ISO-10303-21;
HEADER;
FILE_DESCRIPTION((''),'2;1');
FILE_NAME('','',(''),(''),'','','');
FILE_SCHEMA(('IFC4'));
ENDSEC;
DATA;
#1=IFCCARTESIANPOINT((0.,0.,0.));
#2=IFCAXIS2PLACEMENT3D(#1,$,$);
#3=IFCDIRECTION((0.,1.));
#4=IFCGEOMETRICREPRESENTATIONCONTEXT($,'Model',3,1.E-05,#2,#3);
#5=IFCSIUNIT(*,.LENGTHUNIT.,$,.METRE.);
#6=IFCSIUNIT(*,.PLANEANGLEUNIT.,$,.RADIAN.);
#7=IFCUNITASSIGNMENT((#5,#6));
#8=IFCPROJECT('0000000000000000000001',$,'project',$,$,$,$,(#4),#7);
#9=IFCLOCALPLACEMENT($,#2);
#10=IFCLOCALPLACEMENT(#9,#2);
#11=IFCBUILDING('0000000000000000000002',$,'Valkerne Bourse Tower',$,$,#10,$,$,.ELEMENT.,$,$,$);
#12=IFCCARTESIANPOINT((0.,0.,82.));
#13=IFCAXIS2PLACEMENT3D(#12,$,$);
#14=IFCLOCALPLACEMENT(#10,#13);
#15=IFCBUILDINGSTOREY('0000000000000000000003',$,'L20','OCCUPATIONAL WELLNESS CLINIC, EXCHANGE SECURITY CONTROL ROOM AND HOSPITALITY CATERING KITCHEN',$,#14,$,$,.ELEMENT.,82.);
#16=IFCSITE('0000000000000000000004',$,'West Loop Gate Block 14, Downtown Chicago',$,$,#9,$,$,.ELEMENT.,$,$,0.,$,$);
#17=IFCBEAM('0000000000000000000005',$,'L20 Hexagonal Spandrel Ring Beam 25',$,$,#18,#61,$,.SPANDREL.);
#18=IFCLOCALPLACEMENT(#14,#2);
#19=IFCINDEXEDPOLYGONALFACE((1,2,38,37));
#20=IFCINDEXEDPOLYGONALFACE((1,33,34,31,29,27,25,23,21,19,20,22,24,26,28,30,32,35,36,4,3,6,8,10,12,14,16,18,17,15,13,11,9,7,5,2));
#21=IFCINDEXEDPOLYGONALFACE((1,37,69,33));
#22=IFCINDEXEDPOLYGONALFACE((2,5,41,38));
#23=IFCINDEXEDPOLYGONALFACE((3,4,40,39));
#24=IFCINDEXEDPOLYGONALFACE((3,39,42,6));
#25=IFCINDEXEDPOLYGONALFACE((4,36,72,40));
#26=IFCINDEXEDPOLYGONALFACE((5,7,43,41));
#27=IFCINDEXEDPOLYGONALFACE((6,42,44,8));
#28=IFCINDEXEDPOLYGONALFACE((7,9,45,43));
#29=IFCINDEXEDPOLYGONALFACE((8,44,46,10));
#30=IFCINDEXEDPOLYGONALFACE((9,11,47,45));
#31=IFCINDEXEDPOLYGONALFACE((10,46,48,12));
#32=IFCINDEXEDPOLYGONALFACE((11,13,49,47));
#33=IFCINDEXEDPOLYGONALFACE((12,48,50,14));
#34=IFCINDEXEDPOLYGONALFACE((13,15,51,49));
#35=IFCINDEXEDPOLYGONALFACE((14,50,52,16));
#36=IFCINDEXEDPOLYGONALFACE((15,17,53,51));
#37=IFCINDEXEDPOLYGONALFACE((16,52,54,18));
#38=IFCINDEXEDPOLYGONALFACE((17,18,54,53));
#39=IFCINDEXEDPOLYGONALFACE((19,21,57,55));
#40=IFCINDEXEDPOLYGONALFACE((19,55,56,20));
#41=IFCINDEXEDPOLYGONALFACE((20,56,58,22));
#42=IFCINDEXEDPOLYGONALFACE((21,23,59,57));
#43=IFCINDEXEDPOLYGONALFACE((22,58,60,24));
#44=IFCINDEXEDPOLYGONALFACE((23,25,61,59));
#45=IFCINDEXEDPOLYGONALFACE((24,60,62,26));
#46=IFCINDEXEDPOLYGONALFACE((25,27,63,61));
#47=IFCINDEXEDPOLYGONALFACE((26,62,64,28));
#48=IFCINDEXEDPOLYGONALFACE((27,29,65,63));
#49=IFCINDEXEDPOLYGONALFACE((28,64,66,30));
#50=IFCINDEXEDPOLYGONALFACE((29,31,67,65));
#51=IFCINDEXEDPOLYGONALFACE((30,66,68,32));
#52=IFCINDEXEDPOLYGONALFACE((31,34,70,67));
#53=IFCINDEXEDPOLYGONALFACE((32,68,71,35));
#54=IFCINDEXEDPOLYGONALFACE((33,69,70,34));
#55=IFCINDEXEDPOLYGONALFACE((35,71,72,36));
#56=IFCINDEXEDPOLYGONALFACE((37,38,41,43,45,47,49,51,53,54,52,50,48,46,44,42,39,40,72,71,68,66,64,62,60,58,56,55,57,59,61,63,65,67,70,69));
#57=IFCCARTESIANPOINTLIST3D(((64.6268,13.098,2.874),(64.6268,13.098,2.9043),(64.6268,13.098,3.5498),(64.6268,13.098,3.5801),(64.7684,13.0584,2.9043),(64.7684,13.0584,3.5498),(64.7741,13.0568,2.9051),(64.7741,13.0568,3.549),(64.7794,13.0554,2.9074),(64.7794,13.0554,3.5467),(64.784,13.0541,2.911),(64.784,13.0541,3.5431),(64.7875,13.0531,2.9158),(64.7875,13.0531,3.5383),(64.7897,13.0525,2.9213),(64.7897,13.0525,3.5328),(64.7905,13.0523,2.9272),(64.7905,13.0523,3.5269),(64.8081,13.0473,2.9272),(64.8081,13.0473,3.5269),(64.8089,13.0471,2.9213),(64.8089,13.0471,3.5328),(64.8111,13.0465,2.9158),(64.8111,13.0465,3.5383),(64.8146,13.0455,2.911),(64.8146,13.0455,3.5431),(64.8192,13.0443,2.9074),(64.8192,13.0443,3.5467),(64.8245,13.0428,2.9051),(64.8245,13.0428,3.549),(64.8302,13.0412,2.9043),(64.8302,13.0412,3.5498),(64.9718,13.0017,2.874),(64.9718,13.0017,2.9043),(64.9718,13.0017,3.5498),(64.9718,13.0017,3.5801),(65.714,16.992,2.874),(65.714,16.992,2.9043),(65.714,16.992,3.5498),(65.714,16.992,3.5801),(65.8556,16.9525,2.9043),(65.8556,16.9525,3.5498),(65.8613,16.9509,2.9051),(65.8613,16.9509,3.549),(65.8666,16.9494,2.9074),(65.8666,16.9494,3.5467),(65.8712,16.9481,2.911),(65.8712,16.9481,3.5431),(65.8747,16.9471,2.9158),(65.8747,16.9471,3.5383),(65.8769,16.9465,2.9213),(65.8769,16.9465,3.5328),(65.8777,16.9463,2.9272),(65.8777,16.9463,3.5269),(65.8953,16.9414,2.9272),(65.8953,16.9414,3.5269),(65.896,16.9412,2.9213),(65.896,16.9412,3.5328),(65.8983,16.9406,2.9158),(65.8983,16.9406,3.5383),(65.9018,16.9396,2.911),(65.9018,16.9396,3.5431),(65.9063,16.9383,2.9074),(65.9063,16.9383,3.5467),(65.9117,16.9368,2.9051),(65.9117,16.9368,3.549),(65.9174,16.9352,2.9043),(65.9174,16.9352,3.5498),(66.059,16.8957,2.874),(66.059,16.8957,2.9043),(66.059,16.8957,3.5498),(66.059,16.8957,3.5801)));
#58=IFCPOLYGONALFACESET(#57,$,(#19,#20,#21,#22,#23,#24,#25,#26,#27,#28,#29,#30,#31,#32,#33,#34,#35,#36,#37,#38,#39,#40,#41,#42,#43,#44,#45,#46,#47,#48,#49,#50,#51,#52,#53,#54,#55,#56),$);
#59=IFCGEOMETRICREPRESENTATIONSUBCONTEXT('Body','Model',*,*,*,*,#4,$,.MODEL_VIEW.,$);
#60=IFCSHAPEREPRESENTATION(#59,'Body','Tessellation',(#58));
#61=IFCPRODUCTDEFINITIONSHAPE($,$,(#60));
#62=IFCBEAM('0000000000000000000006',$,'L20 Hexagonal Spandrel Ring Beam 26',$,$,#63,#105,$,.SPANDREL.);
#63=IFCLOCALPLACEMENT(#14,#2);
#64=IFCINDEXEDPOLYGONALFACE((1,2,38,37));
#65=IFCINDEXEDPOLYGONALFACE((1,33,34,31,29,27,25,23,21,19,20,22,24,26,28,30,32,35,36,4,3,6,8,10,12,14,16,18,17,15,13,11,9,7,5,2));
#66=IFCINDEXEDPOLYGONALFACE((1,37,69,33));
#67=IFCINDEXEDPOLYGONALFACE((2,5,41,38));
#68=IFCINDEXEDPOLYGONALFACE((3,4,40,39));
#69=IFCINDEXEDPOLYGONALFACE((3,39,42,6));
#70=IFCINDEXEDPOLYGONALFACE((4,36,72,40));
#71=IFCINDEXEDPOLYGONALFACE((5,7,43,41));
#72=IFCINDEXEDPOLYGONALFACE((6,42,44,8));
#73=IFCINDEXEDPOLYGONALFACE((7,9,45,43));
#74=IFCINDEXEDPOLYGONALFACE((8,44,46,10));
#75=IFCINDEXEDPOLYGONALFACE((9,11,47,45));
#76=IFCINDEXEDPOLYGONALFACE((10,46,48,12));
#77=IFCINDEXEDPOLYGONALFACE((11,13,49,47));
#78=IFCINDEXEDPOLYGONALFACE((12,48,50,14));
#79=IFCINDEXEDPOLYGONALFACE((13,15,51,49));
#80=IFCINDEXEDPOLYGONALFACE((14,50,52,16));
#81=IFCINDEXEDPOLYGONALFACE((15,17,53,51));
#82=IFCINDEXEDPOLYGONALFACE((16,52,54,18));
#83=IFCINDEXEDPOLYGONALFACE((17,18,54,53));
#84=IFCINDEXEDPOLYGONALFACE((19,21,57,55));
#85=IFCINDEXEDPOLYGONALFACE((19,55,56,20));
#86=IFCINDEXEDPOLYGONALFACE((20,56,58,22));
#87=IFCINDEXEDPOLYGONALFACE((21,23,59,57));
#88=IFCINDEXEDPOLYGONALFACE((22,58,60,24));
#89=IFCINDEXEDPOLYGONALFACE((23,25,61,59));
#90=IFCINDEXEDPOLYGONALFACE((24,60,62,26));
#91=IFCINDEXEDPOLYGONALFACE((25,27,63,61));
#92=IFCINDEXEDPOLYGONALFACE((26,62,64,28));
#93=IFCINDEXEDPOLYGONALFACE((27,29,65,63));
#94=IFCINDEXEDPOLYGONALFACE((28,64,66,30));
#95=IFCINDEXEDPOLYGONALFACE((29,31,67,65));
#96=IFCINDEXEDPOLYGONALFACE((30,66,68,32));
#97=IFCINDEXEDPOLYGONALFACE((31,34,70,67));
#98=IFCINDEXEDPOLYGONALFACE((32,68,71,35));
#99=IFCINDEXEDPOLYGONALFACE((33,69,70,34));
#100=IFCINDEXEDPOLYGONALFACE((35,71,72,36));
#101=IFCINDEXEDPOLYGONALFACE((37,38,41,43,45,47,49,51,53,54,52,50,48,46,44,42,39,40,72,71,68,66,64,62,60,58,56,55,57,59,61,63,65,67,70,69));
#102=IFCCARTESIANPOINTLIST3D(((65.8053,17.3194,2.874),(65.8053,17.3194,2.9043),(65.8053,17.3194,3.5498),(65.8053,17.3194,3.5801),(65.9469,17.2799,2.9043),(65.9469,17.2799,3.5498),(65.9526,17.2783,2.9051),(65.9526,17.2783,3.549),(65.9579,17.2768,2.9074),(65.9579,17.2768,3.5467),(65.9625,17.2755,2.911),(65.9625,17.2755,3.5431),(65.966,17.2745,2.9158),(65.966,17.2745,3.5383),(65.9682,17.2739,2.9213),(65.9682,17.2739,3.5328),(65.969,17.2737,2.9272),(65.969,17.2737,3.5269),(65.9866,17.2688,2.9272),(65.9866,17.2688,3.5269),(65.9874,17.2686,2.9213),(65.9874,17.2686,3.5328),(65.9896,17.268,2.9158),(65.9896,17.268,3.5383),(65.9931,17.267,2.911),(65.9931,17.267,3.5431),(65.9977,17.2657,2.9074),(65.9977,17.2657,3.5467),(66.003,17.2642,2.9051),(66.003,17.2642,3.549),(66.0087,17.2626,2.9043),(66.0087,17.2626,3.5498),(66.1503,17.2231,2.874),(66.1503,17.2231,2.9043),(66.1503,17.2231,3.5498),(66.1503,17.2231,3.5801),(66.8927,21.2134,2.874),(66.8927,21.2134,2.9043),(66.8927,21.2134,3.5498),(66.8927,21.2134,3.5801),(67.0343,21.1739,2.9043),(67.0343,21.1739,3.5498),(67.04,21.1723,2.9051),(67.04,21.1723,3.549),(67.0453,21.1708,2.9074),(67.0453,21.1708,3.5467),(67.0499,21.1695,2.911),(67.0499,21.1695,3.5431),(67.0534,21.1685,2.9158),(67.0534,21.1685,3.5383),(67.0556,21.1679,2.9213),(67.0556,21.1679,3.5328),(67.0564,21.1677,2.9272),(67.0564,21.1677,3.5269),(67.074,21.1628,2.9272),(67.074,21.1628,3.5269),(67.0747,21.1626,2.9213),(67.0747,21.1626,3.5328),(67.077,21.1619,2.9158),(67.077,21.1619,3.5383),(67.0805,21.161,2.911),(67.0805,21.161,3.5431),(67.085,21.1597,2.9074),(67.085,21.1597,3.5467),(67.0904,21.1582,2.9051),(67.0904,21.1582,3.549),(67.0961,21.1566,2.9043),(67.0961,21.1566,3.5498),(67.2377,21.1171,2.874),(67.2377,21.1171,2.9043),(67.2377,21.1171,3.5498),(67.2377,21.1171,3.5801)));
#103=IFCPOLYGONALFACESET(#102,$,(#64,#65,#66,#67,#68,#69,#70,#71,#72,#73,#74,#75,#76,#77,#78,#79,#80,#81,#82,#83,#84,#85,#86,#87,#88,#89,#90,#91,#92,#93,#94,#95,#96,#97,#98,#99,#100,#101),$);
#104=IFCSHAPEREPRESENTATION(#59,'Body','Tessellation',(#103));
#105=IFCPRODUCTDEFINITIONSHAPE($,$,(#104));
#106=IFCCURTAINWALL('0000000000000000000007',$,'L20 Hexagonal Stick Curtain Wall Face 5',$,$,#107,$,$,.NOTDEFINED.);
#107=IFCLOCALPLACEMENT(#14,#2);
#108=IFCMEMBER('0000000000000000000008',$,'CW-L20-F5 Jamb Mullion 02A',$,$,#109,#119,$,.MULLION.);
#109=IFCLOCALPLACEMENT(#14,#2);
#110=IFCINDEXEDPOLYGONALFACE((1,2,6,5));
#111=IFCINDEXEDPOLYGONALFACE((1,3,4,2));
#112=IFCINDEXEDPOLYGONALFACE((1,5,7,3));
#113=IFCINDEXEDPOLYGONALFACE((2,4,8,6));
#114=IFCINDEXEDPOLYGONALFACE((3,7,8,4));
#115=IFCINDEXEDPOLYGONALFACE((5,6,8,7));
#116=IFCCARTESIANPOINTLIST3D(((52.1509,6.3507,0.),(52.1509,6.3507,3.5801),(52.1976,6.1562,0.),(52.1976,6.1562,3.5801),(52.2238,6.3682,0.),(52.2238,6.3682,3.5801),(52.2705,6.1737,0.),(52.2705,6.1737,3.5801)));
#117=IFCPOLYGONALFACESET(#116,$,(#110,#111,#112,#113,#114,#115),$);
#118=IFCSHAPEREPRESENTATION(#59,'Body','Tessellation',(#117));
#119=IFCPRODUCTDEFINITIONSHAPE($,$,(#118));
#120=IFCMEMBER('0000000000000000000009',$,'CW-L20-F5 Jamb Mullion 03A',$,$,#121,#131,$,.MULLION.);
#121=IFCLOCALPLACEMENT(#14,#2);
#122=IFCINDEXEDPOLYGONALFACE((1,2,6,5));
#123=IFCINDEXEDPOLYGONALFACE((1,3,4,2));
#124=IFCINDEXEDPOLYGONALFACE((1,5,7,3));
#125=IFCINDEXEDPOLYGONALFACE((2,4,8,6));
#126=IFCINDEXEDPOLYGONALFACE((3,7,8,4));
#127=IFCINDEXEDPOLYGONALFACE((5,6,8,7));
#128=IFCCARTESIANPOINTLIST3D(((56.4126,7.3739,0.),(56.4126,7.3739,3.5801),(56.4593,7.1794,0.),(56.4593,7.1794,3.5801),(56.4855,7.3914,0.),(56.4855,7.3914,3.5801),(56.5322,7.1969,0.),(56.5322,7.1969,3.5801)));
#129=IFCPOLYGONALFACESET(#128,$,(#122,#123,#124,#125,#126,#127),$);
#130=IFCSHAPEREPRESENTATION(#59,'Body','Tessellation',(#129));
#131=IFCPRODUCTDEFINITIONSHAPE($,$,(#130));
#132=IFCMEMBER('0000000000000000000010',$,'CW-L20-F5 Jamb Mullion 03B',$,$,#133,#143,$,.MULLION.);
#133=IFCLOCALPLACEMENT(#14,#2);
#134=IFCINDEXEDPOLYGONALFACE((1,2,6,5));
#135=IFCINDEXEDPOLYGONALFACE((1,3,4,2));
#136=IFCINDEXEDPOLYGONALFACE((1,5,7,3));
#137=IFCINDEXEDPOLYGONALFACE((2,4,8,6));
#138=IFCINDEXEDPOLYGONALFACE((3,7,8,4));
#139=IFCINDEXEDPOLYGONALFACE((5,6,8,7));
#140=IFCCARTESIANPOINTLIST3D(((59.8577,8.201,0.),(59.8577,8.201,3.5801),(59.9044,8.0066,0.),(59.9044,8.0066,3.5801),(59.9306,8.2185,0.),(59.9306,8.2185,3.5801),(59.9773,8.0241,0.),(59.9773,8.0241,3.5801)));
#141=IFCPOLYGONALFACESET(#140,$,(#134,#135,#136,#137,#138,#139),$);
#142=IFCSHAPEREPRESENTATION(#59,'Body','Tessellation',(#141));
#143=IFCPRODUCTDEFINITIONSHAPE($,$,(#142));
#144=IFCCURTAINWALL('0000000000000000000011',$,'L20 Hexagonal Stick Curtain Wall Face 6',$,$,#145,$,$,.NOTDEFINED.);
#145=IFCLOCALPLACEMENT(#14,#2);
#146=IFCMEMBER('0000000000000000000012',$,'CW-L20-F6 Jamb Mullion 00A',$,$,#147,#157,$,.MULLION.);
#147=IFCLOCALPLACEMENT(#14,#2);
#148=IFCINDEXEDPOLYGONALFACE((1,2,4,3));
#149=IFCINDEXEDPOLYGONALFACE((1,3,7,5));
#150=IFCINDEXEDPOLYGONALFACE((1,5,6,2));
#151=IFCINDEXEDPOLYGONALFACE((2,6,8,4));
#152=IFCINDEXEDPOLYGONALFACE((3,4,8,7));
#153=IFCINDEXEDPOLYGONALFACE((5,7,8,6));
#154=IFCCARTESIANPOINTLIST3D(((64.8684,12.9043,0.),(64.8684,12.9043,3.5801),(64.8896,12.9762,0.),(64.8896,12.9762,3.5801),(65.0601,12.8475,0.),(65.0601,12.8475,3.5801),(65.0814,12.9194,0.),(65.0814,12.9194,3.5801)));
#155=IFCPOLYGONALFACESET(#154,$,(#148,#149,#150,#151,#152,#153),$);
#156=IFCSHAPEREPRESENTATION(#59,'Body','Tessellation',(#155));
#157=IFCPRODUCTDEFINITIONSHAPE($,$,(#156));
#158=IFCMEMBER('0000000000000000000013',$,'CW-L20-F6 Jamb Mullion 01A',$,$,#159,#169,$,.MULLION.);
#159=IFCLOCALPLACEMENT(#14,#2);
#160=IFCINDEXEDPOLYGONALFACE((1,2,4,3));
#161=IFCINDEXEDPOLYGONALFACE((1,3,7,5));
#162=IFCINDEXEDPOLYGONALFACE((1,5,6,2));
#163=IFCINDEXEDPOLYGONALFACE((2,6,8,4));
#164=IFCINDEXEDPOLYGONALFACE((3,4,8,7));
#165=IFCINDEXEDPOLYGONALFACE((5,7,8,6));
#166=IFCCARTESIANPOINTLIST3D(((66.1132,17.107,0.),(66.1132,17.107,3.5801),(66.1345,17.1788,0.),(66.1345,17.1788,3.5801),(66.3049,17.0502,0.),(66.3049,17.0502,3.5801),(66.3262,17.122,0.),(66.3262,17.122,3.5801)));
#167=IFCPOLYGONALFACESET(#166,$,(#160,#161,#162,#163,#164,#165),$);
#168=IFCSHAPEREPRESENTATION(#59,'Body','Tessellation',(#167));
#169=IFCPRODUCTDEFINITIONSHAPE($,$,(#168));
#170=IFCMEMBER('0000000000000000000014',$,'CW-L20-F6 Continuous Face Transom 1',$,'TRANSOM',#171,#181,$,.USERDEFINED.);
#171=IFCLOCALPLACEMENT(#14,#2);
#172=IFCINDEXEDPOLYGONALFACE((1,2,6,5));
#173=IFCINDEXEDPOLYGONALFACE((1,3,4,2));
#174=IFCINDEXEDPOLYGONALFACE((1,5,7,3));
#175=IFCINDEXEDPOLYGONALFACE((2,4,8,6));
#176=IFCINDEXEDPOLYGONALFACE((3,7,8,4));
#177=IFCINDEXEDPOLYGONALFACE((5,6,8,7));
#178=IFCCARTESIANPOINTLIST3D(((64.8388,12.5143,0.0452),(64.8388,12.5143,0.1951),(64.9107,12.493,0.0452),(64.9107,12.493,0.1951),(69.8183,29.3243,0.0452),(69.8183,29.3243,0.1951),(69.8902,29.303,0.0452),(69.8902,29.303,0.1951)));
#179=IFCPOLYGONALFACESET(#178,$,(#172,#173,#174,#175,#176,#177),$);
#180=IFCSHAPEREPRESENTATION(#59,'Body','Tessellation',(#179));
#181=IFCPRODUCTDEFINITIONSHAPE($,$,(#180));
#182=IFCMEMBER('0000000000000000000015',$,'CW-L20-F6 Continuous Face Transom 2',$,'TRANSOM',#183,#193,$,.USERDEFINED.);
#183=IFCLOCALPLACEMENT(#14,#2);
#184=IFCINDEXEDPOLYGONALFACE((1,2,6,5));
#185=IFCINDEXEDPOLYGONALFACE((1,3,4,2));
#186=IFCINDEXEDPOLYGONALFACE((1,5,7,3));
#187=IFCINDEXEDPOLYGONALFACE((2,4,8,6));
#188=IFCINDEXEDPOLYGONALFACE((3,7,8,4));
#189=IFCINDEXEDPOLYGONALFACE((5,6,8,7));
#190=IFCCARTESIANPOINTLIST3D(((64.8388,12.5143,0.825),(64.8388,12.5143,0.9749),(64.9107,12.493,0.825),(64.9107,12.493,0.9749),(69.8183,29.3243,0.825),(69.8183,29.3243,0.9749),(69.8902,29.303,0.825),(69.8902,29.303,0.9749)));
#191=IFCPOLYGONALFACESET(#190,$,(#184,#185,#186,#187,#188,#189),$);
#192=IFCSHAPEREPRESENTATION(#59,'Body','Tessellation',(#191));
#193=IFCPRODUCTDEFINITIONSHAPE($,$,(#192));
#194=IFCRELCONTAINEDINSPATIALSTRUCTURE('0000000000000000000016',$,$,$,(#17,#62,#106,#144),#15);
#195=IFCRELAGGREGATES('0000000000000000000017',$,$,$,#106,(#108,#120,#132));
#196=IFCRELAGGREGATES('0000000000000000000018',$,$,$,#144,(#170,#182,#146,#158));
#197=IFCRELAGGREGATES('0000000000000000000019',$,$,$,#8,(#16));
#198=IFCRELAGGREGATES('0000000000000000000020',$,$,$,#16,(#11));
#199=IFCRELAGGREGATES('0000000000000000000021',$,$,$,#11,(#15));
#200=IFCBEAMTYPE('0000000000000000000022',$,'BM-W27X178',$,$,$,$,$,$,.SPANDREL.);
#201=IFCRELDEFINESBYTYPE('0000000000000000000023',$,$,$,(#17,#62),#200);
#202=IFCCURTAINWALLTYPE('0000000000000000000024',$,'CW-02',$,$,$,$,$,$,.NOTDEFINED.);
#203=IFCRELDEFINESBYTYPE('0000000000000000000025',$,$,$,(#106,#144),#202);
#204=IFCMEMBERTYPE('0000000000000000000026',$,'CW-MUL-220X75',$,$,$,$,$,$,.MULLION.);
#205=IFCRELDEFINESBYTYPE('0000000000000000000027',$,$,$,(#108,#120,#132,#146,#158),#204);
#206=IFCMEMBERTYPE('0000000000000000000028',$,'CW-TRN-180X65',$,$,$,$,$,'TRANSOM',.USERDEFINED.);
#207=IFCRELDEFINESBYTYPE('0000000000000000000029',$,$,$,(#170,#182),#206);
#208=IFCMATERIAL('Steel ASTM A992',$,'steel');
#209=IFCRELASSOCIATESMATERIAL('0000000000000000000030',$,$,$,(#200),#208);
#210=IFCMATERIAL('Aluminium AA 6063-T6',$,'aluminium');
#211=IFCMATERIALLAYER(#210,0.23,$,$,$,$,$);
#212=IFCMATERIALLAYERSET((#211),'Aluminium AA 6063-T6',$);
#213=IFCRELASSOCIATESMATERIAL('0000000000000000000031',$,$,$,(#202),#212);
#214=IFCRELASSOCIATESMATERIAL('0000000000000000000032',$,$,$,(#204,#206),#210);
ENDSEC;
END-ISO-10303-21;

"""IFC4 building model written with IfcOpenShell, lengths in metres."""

from ifc_helpers import new_model, si_unit, direction, frame, origin, origin_2d, place, context, subcontext, project, spatial, rectangle, i_section, extrude, material, layer, layer_set, material_profile, profile_set, type_object, element, aggregate, save


model = new_model("IFC4")

# Units and contexts
model_context = context("Model", 3, precision=1e-05, world=origin(), true_north=direction((0.0, 1.0)))
body_context = subcontext(model_context, "Body", "Model", "MODEL_VIEW")
ifc_project = project(units=[si_unit("LENGTHUNIT", "METRE"), si_unit("PLANEANGLEUNIT", "RADIAN")], contexts=[model_context])

# Site, building, storey
site_placement = place(None, origin())
site = spatial("IfcSite", under=ifc_project, at=site_placement, Name="West Loop Gate Block 14, Downtown Chicago", CompositionType="ELEMENT", RefElevation=0.0)
building_placement = place(site_placement, origin())
building = spatial("IfcBuilding", under=site, at=building_placement, Name="Valkerne Bourse Tower", CompositionType="ELEMENT")
storey_placement = place(building_placement, frame((0.0, 0.0, 82.0)))
storey = spatial("IfcBuildingStorey", under=building, at=storey_placement, Name="L20", Description="OCCUPATIONAL WELLNESS CLINIC, EXCHANGE SECURITY CONTROL ROOM AND HOSPITALITY CATERING KITCHEN", CompositionType="ELEMENT", Elevation=82.0)

# Beams
ifc_material_1 = material(Name="Steel ASTM A992", Category="steel")
ifc_material_profile_1 = material_profile(ifc_material_1, i_section(OverallWidth=0.3582, OverallDepth=0.7061, WebThickness=0.0183, FlangeThickness=0.0303, FilletRadius=0.0229, at=origin_2d()), Name="W27X178")
ifc_profile_set_1 = profile_set([ifc_material_profile_1], Name="Steel ASTM A992")
beam_type = type_object("IfcBeamType", Name="BM-W27X178", PredefinedType="SPANDREL", material=ifc_profile_set_1)
for number, where, z_axis, x_axis, name in (
    (1, (64.7993, 13.0498, 3.2271), (0.268902, 0.963168, 0.0), (-0.963168, 0.268902, 0.0), "L20 Hexagonal Spandrel Ring Beam 25"),
    (2, (65.9778, 17.2712, 3.2271), (0.268958, 0.963152, 0.0), (-0.963152, 0.268958, 0.0), "L20 Hexagonal Spandrel Ring Beam 26"),
):
    element("IfcBeam", number, at=place(storey_placement, frame(where, z_axis=z_axis, x_axis=x_axis)), inside=storey, type_object=beam_type, Name=name, PredefinedType="SPANDREL", context=body_context, shape_type="SweptSolid", body=[
        extrude(i_section(OverallWidth=0.3582, OverallDepth=0.7061, WebThickness=0.0183, FlangeThickness=0.0303, FilletRadius=0.0229, at=origin_2d()), origin(), (0.0, 0.0, 1.0), 4.043),
    ])

# Curtain walls, members
ifc_material_2 = material(Name="Aluminium AA 6063-T6", Category="aluminium")
ifc_layer_1 = layer(ifc_material_2, 0.23)
ifc_layer_set_1 = layer_set([ifc_layer_1], Name="Aluminium AA 6063-T6")
curtain_wall_type = type_object("IfcCurtainWallType", Name="CW-02", PredefinedType="NOTDEFINED", material=ifc_layer_set_1)
curtain_wall_1_placement = place(storey_placement, origin())
curtain_wall_1 = element("IfcCurtainWall", 3, at=curtain_wall_1_placement, inside=storey, type_object=curtain_wall_type, Name="L20 Hexagonal Stick Curtain Wall Face 5", PredefinedType="NOTDEFINED")
ifc_material_profile_2 = material_profile(ifc_material_2, rectangle(XDim=0.075, YDim=0.2, at=origin_2d()), Name="CWM-75X200")
ifc_profile_set_2 = profile_set([ifc_material_profile_2], Name="Aluminium AA 6063-T6")
member_type_1 = type_object("IfcMemberType", Name="CW-MUL-220X75", PredefinedType="MULLION", material=ifc_profile_set_2)
member_1_placement = place(storey_placement, frame((52.2107, 6.2622, 0.0), z_axis=(0.0, 0.0, 1.0), x_axis=(0.972369, 0.233447, 0.0)))
member_1 = element("IfcMember", 4, at=member_1_placement, type_object=member_type_1, Name="CW-L20-F5 Jamb Mullion 02A", PredefinedType="MULLION", context=body_context, shape_type="SweptSolid", body=[
    extrude(rectangle(XDim=0.075, YDim=0.2, at=origin_2d()), origin(), (0.0, 0.0, 1.0), 3.5801),
])
member_2_placement = place(storey_placement, frame((56.4724, 7.2854, 0.0), z_axis=(0.0, 0.0, 1.0), x_axis=(0.972369, 0.233447, 0.0)))
member_2 = element("IfcMember", 5, at=member_2_placement, type_object=member_type_1, Name="CW-L20-F5 Jamb Mullion 03A", PredefinedType="MULLION", context=body_context, shape_type="SweptSolid", body=[
    extrude(rectangle(XDim=0.075, YDim=0.2, at=origin_2d()), origin(), (0.0, 0.0, 1.0), 3.5801),
])
member_3_placement = place(storey_placement, frame((59.9175, 8.1125, 0.0), z_axis=(0.0, 0.0, 1.0), x_axis=(0.972369, 0.233447, 0.0)))
member_3 = element("IfcMember", 6, at=member_3_placement, type_object=member_type_1, Name="CW-L20-F5 Jamb Mullion 03B", PredefinedType="MULLION", context=body_context, shape_type="SweptSolid", body=[
    extrude(rectangle(XDim=0.075, YDim=0.2, at=origin_2d()), origin(), (0.0, 0.0, 1.0), 3.5801),
])
curtain_wall_2_placement = place(storey_placement, origin())
curtain_wall_2 = element("IfcCurtainWall", 7, at=curtain_wall_2_placement, inside=storey, type_object=curtain_wall_type, Name="L20 Hexagonal Stick Curtain Wall Face 6", PredefinedType="NOTDEFINED")
member_4_placement = place(storey_placement, frame((64.9749, 12.9119, 0.0), z_axis=(0.0, 0.0, 1.0), x_axis=(0.284029, 0.958816, 0.0)))
member_4 = element("IfcMember", 8, at=member_4_placement, type_object=member_type_1, Name="CW-L20-F6 Jamb Mullion 00A", PredefinedType="MULLION", context=body_context, shape_type="SweptSolid", body=[
    extrude(rectangle(XDim=0.075, YDim=0.2, at=origin_2d()), origin(), (0.0, 0.0, 1.0), 3.5801),
])
member_5_placement = place(storey_placement, frame((66.2197, 17.1145, 0.0), z_axis=(0.0, 0.0, 1.0), x_axis=(0.284008, 0.958822, 0.0)))
member_5 = element("IfcMember", 9, at=member_5_placement, type_object=member_type_1, Name="CW-L20-F6 Jamb Mullion 01A", PredefinedType="MULLION", context=body_context, shape_type="SweptSolid", body=[
    extrude(rectangle(XDim=0.075, YDim=0.2, at=origin_2d()), origin(), (0.0, 0.0, 1.0), 3.5801),
])
ifc_material_profile_3 = material_profile(ifc_material_2, rectangle(XDim=0.075, YDim=0.1499, at=origin_2d()), Name="CWT-75X150")
ifc_profile_set_3 = profile_set([ifc_material_profile_3], Name="Aluminium AA 6063-T6")
member_type_2 = type_object("IfcMemberType", Name="CW-TRN-180X65", ElementType="TRANSOM", PredefinedType="USERDEFINED", material=ifc_profile_set_3)
member_6_placement = place(storey_placement, frame((64.8748, 12.5037, 0.1201), z_axis=(0.284022, 0.958818, 0.0), x_axis=(-0.958818, 0.284022, 0.0)))
member_6 = element("IfcMember", 10, at=member_6_placement, type_object=member_type_2, Name="CW-L20-F6 Continuous Face Transom 1", ObjectType="TRANSOM", PredefinedType="USERDEFINED", context=body_context, shape_type="SweptSolid", body=[
    extrude(rectangle(XDim=0.075, YDim=0.1499, at=origin_2d()), origin(), (0.0, 0.0, 1.0), 17.532),
])
member_7_placement = place(storey_placement, frame((64.8748, 12.5037, 0.8999), z_axis=(0.284022, 0.958818, 0.0), x_axis=(-0.958818, 0.284022, 0.0)))
member_7 = element("IfcMember", 11, at=member_7_placement, type_object=member_type_2, Name="CW-L20-F6 Continuous Face Transom 2", ObjectType="TRANSOM", PredefinedType="USERDEFINED", context=body_context, shape_type="SweptSolid", body=[
    extrude(rectangle(XDim=0.075, YDim=0.1499, at=origin_2d()), origin(), (0.0, 0.0, 1.0), 17.532),
])

aggregate(curtain_wall_1, [member_1, member_2, member_3])
aggregate(curtain_wall_2, [member_6, member_7, member_4, member_5])

save(model, "model.ifc")
